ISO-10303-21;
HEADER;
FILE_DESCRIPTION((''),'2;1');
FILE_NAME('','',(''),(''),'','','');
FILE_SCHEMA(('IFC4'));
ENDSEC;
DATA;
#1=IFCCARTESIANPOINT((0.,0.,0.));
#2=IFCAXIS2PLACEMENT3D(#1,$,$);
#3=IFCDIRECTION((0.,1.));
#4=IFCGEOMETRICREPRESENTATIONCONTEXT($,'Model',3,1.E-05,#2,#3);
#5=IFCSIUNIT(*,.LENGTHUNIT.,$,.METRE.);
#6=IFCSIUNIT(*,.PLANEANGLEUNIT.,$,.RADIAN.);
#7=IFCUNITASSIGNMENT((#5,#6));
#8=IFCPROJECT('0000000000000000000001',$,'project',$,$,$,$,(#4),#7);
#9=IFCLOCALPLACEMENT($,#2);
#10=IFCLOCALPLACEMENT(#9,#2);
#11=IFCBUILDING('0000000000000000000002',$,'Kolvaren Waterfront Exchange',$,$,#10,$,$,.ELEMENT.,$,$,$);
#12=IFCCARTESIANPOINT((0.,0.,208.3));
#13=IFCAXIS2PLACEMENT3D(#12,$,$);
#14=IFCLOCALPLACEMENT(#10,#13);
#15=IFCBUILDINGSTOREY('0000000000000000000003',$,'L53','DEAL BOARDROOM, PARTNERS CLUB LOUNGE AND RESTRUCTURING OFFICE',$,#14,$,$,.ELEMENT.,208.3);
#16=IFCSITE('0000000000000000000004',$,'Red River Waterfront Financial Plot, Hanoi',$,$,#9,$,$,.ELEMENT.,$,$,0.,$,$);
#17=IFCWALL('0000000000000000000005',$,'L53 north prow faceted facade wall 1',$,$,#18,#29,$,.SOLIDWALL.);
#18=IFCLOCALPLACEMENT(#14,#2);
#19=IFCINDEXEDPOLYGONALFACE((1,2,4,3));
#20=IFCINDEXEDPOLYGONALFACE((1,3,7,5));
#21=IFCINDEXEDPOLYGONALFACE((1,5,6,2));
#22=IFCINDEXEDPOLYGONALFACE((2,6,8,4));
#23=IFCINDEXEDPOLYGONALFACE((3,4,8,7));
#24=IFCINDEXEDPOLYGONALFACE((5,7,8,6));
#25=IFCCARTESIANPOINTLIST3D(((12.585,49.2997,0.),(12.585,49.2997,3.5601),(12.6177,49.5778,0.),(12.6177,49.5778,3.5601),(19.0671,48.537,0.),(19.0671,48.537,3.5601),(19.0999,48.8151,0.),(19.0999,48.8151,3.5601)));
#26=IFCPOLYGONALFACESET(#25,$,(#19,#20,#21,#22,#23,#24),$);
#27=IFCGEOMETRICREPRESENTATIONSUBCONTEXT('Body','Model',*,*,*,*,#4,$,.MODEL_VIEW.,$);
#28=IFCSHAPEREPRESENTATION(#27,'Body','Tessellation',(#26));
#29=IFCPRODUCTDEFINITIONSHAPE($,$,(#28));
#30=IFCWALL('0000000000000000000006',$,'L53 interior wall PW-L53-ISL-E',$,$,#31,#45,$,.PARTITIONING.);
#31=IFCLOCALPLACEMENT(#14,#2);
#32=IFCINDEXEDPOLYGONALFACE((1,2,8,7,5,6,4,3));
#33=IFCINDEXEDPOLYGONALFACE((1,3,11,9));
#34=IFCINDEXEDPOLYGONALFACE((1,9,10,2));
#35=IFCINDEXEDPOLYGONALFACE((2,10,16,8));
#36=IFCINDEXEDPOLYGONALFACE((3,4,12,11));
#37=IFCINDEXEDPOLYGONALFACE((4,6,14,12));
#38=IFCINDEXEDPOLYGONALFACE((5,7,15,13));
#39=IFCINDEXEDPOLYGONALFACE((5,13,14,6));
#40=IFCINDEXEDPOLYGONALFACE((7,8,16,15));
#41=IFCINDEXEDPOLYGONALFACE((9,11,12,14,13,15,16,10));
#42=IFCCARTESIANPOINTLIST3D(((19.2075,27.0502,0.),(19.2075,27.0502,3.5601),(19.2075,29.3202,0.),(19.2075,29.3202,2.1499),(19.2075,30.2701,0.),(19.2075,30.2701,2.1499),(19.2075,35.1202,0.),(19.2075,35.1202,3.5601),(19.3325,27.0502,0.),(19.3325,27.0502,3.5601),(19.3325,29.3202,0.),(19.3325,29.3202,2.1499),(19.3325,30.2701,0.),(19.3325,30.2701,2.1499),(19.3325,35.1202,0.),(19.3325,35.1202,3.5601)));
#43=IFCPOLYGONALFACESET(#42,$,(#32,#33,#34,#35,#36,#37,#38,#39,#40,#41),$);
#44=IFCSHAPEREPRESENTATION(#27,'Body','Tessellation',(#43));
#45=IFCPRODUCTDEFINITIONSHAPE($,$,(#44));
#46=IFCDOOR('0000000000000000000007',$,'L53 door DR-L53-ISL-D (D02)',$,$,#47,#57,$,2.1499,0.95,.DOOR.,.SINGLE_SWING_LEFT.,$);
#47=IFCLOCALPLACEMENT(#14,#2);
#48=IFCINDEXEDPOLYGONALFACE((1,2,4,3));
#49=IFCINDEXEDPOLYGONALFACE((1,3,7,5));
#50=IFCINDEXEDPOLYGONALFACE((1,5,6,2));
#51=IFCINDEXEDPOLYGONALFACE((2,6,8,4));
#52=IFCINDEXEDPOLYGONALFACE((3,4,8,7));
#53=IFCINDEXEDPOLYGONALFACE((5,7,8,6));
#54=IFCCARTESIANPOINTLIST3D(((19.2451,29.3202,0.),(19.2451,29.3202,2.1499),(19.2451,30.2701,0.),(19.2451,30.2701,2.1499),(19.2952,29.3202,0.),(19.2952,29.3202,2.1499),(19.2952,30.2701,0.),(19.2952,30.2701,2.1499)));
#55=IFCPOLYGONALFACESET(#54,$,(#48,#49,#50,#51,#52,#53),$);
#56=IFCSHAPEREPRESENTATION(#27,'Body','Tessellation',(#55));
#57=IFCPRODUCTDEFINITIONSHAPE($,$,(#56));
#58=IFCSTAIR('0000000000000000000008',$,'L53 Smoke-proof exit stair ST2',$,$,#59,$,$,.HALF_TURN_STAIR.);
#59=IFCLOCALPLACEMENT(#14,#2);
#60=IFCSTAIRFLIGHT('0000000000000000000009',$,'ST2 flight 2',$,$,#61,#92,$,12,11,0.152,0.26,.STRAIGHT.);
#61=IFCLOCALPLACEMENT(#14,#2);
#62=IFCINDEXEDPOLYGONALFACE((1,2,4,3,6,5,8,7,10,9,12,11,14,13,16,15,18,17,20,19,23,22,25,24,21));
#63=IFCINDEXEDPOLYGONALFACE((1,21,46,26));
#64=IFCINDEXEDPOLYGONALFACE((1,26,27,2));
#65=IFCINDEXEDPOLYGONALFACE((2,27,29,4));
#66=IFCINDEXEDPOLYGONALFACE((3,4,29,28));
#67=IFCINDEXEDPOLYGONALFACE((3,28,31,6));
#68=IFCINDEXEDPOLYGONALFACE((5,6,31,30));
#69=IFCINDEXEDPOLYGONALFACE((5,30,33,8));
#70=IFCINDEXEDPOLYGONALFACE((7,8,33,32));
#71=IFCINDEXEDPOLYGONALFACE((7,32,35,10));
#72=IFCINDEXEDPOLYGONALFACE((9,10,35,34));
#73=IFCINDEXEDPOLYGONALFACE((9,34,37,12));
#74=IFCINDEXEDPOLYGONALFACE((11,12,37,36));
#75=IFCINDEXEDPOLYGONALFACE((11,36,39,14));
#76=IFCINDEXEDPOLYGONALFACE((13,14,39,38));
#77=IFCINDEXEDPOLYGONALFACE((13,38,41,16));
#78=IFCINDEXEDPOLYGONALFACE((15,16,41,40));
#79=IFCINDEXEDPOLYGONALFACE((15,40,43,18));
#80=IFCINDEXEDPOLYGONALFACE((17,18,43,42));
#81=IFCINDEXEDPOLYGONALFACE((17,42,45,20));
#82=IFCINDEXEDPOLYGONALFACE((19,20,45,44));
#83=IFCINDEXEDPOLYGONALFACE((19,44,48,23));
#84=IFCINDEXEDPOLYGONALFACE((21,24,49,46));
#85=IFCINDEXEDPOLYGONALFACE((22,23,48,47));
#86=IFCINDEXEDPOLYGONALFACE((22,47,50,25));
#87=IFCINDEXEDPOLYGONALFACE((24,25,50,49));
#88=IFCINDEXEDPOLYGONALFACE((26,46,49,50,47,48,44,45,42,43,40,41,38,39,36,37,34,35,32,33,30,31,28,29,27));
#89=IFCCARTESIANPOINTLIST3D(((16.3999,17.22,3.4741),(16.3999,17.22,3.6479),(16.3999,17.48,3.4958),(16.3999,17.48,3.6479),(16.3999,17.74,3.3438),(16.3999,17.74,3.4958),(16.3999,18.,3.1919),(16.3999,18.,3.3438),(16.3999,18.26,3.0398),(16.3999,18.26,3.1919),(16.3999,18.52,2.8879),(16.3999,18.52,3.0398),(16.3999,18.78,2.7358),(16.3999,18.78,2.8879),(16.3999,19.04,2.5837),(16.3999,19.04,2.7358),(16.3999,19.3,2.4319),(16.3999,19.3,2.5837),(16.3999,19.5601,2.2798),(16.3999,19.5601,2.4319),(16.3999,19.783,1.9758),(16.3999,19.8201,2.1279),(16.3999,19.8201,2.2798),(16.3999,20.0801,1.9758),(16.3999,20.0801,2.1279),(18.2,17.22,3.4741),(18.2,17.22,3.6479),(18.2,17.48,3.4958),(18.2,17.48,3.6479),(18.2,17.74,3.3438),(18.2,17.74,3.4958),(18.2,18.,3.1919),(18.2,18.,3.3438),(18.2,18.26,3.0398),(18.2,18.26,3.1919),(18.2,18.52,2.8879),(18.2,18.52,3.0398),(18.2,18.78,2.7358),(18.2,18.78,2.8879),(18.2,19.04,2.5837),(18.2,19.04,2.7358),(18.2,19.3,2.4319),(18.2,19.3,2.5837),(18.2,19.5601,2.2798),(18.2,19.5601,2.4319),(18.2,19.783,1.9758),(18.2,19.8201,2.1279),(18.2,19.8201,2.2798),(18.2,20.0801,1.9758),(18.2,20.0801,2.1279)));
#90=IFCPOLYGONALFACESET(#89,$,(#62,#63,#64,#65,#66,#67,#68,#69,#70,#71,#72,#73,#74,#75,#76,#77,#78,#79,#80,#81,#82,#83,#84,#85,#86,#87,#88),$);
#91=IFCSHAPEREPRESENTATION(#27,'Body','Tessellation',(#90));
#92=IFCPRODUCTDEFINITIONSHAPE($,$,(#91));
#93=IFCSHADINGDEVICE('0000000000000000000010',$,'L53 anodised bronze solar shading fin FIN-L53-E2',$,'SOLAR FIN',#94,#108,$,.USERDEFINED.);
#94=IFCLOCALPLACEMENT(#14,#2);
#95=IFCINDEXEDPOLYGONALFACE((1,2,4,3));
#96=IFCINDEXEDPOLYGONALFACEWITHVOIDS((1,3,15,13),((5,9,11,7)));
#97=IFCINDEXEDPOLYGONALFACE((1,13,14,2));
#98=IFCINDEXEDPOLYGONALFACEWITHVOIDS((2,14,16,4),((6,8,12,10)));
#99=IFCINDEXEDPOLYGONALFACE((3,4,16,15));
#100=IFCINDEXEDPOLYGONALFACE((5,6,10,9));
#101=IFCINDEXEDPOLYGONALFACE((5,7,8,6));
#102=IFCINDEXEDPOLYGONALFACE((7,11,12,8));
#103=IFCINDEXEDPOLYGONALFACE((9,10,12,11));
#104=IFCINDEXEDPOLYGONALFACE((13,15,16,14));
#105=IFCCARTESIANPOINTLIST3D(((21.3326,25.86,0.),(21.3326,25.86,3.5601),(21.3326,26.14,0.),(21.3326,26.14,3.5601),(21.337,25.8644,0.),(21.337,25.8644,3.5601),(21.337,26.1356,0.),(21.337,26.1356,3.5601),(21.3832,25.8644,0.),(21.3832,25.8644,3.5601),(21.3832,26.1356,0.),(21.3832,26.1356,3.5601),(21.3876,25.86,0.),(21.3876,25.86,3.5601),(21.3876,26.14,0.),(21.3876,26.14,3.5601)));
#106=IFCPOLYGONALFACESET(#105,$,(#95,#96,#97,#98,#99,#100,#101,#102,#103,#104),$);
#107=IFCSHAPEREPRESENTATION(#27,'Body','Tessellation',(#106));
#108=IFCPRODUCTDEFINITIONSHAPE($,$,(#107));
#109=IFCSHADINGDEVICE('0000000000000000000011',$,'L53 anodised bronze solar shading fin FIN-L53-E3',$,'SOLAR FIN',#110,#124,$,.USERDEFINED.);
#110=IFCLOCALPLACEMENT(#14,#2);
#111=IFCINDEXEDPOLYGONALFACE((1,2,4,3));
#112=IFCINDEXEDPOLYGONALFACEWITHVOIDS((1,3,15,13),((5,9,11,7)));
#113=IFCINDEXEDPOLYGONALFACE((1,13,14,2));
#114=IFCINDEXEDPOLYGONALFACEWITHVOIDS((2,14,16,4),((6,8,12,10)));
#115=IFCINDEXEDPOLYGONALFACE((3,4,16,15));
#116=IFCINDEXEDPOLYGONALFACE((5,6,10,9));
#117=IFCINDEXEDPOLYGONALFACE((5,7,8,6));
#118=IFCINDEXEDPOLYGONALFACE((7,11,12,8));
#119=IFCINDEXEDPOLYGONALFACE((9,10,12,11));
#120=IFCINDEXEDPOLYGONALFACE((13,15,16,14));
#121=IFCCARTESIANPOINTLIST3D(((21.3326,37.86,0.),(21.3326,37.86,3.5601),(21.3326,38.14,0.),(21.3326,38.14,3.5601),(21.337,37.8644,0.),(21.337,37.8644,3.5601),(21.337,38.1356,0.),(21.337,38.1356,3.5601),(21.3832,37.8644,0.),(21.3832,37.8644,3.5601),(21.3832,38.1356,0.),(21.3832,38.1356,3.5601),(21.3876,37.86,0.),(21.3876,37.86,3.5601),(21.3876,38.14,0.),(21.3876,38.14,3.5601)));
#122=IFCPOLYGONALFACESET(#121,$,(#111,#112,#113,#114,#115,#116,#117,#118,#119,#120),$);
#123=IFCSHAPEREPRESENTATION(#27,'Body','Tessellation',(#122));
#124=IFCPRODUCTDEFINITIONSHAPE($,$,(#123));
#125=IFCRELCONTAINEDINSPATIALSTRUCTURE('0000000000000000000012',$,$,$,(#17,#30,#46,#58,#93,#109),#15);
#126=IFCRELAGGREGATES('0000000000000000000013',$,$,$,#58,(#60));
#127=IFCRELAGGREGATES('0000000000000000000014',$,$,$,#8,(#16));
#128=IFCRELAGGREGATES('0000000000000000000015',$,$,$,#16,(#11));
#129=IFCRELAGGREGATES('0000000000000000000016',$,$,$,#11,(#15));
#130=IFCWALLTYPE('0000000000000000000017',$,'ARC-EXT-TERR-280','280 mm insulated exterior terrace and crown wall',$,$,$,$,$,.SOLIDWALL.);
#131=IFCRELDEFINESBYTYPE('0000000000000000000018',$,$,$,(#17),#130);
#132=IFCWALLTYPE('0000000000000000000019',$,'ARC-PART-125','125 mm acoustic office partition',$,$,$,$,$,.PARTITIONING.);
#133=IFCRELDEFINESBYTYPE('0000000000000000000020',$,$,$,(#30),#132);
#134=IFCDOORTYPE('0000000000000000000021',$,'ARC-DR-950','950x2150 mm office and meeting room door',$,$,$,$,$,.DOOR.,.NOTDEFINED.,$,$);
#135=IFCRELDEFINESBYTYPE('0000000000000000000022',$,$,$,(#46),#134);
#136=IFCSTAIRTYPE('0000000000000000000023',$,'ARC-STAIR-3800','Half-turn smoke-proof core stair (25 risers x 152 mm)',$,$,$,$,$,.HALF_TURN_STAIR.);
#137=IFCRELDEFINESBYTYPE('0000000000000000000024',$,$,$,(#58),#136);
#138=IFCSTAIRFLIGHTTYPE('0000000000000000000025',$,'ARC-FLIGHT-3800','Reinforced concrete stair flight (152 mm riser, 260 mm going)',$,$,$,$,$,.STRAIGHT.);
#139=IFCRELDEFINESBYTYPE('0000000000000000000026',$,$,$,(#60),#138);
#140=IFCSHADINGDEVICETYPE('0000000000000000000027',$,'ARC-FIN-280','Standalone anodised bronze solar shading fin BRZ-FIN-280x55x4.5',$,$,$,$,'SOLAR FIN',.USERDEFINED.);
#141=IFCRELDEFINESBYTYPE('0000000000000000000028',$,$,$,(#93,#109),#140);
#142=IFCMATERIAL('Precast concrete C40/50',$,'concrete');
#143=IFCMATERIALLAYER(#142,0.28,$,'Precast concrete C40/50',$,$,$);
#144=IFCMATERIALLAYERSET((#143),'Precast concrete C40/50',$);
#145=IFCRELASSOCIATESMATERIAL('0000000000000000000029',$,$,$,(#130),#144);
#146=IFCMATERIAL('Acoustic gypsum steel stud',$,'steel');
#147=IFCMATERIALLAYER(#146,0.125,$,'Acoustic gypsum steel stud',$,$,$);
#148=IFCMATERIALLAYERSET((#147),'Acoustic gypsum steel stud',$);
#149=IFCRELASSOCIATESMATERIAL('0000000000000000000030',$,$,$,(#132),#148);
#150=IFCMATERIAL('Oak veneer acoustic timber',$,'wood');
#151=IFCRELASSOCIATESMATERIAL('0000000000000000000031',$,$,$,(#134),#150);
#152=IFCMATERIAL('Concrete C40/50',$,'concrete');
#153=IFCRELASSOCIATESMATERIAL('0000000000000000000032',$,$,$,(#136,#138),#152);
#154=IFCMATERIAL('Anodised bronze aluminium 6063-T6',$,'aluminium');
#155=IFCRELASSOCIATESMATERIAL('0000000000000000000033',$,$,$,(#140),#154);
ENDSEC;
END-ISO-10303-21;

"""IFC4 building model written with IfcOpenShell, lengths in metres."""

from ifc_helpers import new_model, si_unit, direction, frame, frame_2d, origin, origin_2d, place, context, subcontext, project, spatial, polyline, rectangle, hollow_rectangle, outline, extrude, material, layer, layer_set, material_profile, profile_set, type_object, element, fill, aggregate, save


model = new_model("IFC4")

# Units and contexts
model_context = context("Model", 3, precision=1e-05, world=origin(), true_north=direction((0.0, 1.0)))
body_context = subcontext(model_context, "Body", "Model", "MODEL_VIEW")
ifc_project = project(units=[si_unit("LENGTHUNIT", "METRE"), si_unit("PLANEANGLEUNIT", "RADIAN")], contexts=[model_context])

# Site, building, storey
site_placement = place(None, origin())
site = spatial("IfcSite", under=ifc_project, at=site_placement, Name="Red River Waterfront Financial Plot, Hanoi", CompositionType="ELEMENT", RefElevation=0.0)
building_placement = place(site_placement, origin())
building = spatial("IfcBuilding", under=site, at=building_placement, Name="Kolvaren Waterfront Exchange", CompositionType="ELEMENT")
storey_placement = place(building_placement, frame((0.0, 0.0, 208.3)))
storey = spatial("IfcBuildingStorey", under=building, at=storey_placement, Name="L53", Description="DEAL BOARDROOM, PARTNERS CLUB LOUNGE AND RESTRUCTURING OFFICE", CompositionType="ELEMENT", Elevation=208.3)

# Shared definitions
ifc_material_1 = material(Name="Anodised bronze aluminium 6063-T6", Category="aluminium")

# Wall
ifc_material_2 = material(Name="Precast concrete C40/50", Category="concrete")
ifc_layer_1 = layer(ifc_material_2, 0.28, Name="Precast concrete C40/50")
ifc_layer_set_1 = layer_set([ifc_layer_1], Name="Precast concrete C40/50")
wall_type_1 = type_object("IfcWallType", Name="ARC-EXT-TERR-280", Description="280 mm insulated exterior terrace and crown wall", PredefinedType="SOLIDWALL", material=ifc_layer_set_1)
wall_1_placement = place(storey_placement, frame((19.0835, 48.676, 0.0), z_axis=(0.0, 0.0, 1.0), x_axis=(-0.993149, 0.116854, 0.0)))
element("IfcWall", 1, at=wall_1_placement, inside=storey, type_object=wall_type_1, Name="L53 north prow faceted facade wall 1", PredefinedType="SOLIDWALL", context=body_context, shape_type="SweptSolid", body=[
    extrude(rectangle(XDim=6.5269, YDim=0.28, at=frame_2d((3.2634, 0.0))), origin(), (0.0, 0.0, 1.0), 3.5601),
])

# Wall, opening, door
ifc_material_3 = material(Name="Acoustic gypsum steel stud", Category="steel")
ifc_layer_2 = layer(ifc_material_3, 0.125, Name="Acoustic gypsum steel stud")
ifc_layer_set_2 = layer_set([ifc_layer_2], Name="Acoustic gypsum steel stud")
wall_type_2 = type_object("IfcWallType", Name="ARC-PART-125", Description="125 mm acoustic office partition", PredefinedType="PARTITIONING", material=ifc_layer_set_2)
wall_2_placement = place(storey_placement, frame((19.27, 27.05, 0.0), z_axis=(0.0, 0.0, 1.0), x_axis=(0.0, 1.0, 0.0)))
wall_2 = element("IfcWall", 2, at=wall_2_placement, inside=storey, type_object=wall_type_2, Name="L53 interior wall PW-L53-ISL-E", PredefinedType="PARTITIONING", context=body_context, shape_type="SweptSolid", body=[
    extrude(rectangle(XDim=8.0701, YDim=0.125, at=frame_2d((4.0352, 0.0))), origin(), (0.0, 0.0, 1.0), 3.5601),
])
opening_placement = place(wall_2_placement, frame((2.27, 0.0, 0.0)))
opening = element("IfcOpeningElement", 3, at=opening_placement, cuts=wall_2, PredefinedType="OPENING", context=body_context, shape_type="SweptSolid", body=[
    extrude(rectangle(XDim=0.95, YDim=2.1499, at=frame_2d((0.4751, 1.075))), frame((0.0, 0.0725, 0.0), z_axis=(0.0, -1.0, 0.0), x_axis=(1.0, 0.0, 0.0)), (0.0, 0.0, 1.0), 0.145),
])
ifc_material_4 = material(Name="Oak veneer acoustic timber", Category="wood")
door_type = type_object("IfcDoorType", Name="ARC-DR-950", Description="950x2150 mm office and meeting room door", OperationType="NOTDEFINED", PredefinedType="DOOR", material=ifc_material_4)
door_placement = place(opening_placement, origin())
door = element("IfcDoor", 4, at=door_placement, inside=storey, type_object=door_type, Name="L53 door DR-L53-ISL-D (D02)", OperationType="SINGLE_SWING_LEFT", OverallHeight=2.1499, OverallWidth=0.95, PredefinedType="DOOR", context=body_context, shape_type="SweptSolid", body=[
    extrude(rectangle(XDim=0.95, YDim=2.1499, at=frame_2d((0.4751, 1.075))), frame((0.0, 0.0249, 0.0), z_axis=(0.0, -1.0, 0.0), x_axis=(1.0, 0.0, 0.0)), (0.0, 0.0, 1.0), 0.05),
])
fill(opening, door)

# Stair, stair flight
ifc_material_5 = material(Name="Concrete C40/50", Category="concrete")
stair_type = type_object("IfcStairType", Name="ARC-STAIR-3800", Description="Half-turn smoke-proof core stair (25 risers x 152 mm)", PredefinedType="HALF_TURN_STAIR", material=ifc_material_5)
stair_placement = place(storey_placement, origin())
stair = element("IfcStair", 5, at=stair_placement, inside=storey, type_object=stair_type, Name="L53 Smoke-proof exit stair ST2", PredefinedType="HALF_TURN_STAIR")
stair_flight_type = type_object("IfcStairFlightType", Name="ARC-FLIGHT-3800", Description="Reinforced concrete stair flight (152 mm riser, 260 mm going)", PredefinedType="STRAIGHT", material=ifc_material_5)
stair_flight_placement = place(storey_placement, frame((17.3, 20.0801, 1.9758), z_axis=(0.0, 0.0, 1.0), x_axis=(0.0, -1.0, 0.0)))
stair_flight = element("IfcStairFlight", 6, at=stair_flight_placement, type_object=stair_flight_type, Name="ST2 flight 2", NumberOfRisers=12, NumberOfTreads=11, PredefinedType="STRAIGHT", RiserHeight=0.152, TreadLength=0.26, context=body_context, shape_type="SweptSolid", body=[
    extrude(outline(polyline([(0.0, 0.0), (0.0, 0.1521), (0.26, 0.1521), (0.26, 0.304), (0.52, 0.304), (0.52, 0.4561), (0.78, 0.4561), (0.78, 0.6079), (1.04, 0.6079), (1.04, 0.76), (1.3, 0.76), (1.3, 0.9121), (1.5601, 0.9121), (1.5601, 1.064), (1.8201, 1.064), (1.8201, 1.2161), (2.0801, 1.2161), (2.0801, 1.3679), (2.3401, 1.3679), (2.3401, 1.52), (2.6001, 1.52), (2.6001, 1.6721), (2.8601, 1.6721), (2.8601, 1.824), (2.8601, 1.4983), (0.2971, 0.0), (0.0, 0.0)])), frame((0.0, 0.8999, 0.0), z_axis=(0.0, -1.0, 0.0), x_axis=(1.0, 0.0, 0.0)), (0.0, 0.0, 1.0), 1.8),
])
aggregate(stair, [stair_flight])

# Shading devices
ifc_material_profile_1 = material_profile(ifc_material_1, hollow_rectangle(XDim=0.0549, YDim=0.28, WallThickness=0.0044, at=origin_2d()), Name="BRZ-FIN-280x55x4.5")
ifc_profile_set_1 = profile_set([ifc_material_profile_1], Name="Anodised bronze aluminium 6063-T6")
shading_device_type = type_object("IfcShadingDeviceType", Name="ARC-FIN-280", Description="Standalone anodised bronze solar shading fin BRZ-FIN-280x55x4.5", ElementType="SOLAR FIN", PredefinedType="USERDEFINED", material=ifc_profile_set_1)
for number, where, z_axis, x_axis, name in (
    (7, (21.3601, 26.0, 0.0), (0.0, 0.0, 1.0), (1.0, 0.0, 0.0), "L53 anodised bronze solar shading fin FIN-L53-E2"),
    (8, (21.3601, 38.0, 0.0), (0.0, 0.0, 1.0), (1.0, 0.0, 0.0), "L53 anodised bronze solar shading fin FIN-L53-E3"),
):
    element("IfcShadingDevice", number, at=place(storey_placement, frame(where, z_axis=z_axis, x_axis=x_axis)), inside=storey, type_object=shading_device_type, Name=name, ObjectType="SOLAR FIN", PredefinedType="USERDEFINED", context=body_context, shape_type="SweptSolid", body=[
        extrude(hollow_rectangle(XDim=0.0549, YDim=0.28, WallThickness=0.0044, at=origin_2d()), origin(), (0.0, 0.0, 1.0), 3.5601),
    ])

save(model, "model.ifc")
